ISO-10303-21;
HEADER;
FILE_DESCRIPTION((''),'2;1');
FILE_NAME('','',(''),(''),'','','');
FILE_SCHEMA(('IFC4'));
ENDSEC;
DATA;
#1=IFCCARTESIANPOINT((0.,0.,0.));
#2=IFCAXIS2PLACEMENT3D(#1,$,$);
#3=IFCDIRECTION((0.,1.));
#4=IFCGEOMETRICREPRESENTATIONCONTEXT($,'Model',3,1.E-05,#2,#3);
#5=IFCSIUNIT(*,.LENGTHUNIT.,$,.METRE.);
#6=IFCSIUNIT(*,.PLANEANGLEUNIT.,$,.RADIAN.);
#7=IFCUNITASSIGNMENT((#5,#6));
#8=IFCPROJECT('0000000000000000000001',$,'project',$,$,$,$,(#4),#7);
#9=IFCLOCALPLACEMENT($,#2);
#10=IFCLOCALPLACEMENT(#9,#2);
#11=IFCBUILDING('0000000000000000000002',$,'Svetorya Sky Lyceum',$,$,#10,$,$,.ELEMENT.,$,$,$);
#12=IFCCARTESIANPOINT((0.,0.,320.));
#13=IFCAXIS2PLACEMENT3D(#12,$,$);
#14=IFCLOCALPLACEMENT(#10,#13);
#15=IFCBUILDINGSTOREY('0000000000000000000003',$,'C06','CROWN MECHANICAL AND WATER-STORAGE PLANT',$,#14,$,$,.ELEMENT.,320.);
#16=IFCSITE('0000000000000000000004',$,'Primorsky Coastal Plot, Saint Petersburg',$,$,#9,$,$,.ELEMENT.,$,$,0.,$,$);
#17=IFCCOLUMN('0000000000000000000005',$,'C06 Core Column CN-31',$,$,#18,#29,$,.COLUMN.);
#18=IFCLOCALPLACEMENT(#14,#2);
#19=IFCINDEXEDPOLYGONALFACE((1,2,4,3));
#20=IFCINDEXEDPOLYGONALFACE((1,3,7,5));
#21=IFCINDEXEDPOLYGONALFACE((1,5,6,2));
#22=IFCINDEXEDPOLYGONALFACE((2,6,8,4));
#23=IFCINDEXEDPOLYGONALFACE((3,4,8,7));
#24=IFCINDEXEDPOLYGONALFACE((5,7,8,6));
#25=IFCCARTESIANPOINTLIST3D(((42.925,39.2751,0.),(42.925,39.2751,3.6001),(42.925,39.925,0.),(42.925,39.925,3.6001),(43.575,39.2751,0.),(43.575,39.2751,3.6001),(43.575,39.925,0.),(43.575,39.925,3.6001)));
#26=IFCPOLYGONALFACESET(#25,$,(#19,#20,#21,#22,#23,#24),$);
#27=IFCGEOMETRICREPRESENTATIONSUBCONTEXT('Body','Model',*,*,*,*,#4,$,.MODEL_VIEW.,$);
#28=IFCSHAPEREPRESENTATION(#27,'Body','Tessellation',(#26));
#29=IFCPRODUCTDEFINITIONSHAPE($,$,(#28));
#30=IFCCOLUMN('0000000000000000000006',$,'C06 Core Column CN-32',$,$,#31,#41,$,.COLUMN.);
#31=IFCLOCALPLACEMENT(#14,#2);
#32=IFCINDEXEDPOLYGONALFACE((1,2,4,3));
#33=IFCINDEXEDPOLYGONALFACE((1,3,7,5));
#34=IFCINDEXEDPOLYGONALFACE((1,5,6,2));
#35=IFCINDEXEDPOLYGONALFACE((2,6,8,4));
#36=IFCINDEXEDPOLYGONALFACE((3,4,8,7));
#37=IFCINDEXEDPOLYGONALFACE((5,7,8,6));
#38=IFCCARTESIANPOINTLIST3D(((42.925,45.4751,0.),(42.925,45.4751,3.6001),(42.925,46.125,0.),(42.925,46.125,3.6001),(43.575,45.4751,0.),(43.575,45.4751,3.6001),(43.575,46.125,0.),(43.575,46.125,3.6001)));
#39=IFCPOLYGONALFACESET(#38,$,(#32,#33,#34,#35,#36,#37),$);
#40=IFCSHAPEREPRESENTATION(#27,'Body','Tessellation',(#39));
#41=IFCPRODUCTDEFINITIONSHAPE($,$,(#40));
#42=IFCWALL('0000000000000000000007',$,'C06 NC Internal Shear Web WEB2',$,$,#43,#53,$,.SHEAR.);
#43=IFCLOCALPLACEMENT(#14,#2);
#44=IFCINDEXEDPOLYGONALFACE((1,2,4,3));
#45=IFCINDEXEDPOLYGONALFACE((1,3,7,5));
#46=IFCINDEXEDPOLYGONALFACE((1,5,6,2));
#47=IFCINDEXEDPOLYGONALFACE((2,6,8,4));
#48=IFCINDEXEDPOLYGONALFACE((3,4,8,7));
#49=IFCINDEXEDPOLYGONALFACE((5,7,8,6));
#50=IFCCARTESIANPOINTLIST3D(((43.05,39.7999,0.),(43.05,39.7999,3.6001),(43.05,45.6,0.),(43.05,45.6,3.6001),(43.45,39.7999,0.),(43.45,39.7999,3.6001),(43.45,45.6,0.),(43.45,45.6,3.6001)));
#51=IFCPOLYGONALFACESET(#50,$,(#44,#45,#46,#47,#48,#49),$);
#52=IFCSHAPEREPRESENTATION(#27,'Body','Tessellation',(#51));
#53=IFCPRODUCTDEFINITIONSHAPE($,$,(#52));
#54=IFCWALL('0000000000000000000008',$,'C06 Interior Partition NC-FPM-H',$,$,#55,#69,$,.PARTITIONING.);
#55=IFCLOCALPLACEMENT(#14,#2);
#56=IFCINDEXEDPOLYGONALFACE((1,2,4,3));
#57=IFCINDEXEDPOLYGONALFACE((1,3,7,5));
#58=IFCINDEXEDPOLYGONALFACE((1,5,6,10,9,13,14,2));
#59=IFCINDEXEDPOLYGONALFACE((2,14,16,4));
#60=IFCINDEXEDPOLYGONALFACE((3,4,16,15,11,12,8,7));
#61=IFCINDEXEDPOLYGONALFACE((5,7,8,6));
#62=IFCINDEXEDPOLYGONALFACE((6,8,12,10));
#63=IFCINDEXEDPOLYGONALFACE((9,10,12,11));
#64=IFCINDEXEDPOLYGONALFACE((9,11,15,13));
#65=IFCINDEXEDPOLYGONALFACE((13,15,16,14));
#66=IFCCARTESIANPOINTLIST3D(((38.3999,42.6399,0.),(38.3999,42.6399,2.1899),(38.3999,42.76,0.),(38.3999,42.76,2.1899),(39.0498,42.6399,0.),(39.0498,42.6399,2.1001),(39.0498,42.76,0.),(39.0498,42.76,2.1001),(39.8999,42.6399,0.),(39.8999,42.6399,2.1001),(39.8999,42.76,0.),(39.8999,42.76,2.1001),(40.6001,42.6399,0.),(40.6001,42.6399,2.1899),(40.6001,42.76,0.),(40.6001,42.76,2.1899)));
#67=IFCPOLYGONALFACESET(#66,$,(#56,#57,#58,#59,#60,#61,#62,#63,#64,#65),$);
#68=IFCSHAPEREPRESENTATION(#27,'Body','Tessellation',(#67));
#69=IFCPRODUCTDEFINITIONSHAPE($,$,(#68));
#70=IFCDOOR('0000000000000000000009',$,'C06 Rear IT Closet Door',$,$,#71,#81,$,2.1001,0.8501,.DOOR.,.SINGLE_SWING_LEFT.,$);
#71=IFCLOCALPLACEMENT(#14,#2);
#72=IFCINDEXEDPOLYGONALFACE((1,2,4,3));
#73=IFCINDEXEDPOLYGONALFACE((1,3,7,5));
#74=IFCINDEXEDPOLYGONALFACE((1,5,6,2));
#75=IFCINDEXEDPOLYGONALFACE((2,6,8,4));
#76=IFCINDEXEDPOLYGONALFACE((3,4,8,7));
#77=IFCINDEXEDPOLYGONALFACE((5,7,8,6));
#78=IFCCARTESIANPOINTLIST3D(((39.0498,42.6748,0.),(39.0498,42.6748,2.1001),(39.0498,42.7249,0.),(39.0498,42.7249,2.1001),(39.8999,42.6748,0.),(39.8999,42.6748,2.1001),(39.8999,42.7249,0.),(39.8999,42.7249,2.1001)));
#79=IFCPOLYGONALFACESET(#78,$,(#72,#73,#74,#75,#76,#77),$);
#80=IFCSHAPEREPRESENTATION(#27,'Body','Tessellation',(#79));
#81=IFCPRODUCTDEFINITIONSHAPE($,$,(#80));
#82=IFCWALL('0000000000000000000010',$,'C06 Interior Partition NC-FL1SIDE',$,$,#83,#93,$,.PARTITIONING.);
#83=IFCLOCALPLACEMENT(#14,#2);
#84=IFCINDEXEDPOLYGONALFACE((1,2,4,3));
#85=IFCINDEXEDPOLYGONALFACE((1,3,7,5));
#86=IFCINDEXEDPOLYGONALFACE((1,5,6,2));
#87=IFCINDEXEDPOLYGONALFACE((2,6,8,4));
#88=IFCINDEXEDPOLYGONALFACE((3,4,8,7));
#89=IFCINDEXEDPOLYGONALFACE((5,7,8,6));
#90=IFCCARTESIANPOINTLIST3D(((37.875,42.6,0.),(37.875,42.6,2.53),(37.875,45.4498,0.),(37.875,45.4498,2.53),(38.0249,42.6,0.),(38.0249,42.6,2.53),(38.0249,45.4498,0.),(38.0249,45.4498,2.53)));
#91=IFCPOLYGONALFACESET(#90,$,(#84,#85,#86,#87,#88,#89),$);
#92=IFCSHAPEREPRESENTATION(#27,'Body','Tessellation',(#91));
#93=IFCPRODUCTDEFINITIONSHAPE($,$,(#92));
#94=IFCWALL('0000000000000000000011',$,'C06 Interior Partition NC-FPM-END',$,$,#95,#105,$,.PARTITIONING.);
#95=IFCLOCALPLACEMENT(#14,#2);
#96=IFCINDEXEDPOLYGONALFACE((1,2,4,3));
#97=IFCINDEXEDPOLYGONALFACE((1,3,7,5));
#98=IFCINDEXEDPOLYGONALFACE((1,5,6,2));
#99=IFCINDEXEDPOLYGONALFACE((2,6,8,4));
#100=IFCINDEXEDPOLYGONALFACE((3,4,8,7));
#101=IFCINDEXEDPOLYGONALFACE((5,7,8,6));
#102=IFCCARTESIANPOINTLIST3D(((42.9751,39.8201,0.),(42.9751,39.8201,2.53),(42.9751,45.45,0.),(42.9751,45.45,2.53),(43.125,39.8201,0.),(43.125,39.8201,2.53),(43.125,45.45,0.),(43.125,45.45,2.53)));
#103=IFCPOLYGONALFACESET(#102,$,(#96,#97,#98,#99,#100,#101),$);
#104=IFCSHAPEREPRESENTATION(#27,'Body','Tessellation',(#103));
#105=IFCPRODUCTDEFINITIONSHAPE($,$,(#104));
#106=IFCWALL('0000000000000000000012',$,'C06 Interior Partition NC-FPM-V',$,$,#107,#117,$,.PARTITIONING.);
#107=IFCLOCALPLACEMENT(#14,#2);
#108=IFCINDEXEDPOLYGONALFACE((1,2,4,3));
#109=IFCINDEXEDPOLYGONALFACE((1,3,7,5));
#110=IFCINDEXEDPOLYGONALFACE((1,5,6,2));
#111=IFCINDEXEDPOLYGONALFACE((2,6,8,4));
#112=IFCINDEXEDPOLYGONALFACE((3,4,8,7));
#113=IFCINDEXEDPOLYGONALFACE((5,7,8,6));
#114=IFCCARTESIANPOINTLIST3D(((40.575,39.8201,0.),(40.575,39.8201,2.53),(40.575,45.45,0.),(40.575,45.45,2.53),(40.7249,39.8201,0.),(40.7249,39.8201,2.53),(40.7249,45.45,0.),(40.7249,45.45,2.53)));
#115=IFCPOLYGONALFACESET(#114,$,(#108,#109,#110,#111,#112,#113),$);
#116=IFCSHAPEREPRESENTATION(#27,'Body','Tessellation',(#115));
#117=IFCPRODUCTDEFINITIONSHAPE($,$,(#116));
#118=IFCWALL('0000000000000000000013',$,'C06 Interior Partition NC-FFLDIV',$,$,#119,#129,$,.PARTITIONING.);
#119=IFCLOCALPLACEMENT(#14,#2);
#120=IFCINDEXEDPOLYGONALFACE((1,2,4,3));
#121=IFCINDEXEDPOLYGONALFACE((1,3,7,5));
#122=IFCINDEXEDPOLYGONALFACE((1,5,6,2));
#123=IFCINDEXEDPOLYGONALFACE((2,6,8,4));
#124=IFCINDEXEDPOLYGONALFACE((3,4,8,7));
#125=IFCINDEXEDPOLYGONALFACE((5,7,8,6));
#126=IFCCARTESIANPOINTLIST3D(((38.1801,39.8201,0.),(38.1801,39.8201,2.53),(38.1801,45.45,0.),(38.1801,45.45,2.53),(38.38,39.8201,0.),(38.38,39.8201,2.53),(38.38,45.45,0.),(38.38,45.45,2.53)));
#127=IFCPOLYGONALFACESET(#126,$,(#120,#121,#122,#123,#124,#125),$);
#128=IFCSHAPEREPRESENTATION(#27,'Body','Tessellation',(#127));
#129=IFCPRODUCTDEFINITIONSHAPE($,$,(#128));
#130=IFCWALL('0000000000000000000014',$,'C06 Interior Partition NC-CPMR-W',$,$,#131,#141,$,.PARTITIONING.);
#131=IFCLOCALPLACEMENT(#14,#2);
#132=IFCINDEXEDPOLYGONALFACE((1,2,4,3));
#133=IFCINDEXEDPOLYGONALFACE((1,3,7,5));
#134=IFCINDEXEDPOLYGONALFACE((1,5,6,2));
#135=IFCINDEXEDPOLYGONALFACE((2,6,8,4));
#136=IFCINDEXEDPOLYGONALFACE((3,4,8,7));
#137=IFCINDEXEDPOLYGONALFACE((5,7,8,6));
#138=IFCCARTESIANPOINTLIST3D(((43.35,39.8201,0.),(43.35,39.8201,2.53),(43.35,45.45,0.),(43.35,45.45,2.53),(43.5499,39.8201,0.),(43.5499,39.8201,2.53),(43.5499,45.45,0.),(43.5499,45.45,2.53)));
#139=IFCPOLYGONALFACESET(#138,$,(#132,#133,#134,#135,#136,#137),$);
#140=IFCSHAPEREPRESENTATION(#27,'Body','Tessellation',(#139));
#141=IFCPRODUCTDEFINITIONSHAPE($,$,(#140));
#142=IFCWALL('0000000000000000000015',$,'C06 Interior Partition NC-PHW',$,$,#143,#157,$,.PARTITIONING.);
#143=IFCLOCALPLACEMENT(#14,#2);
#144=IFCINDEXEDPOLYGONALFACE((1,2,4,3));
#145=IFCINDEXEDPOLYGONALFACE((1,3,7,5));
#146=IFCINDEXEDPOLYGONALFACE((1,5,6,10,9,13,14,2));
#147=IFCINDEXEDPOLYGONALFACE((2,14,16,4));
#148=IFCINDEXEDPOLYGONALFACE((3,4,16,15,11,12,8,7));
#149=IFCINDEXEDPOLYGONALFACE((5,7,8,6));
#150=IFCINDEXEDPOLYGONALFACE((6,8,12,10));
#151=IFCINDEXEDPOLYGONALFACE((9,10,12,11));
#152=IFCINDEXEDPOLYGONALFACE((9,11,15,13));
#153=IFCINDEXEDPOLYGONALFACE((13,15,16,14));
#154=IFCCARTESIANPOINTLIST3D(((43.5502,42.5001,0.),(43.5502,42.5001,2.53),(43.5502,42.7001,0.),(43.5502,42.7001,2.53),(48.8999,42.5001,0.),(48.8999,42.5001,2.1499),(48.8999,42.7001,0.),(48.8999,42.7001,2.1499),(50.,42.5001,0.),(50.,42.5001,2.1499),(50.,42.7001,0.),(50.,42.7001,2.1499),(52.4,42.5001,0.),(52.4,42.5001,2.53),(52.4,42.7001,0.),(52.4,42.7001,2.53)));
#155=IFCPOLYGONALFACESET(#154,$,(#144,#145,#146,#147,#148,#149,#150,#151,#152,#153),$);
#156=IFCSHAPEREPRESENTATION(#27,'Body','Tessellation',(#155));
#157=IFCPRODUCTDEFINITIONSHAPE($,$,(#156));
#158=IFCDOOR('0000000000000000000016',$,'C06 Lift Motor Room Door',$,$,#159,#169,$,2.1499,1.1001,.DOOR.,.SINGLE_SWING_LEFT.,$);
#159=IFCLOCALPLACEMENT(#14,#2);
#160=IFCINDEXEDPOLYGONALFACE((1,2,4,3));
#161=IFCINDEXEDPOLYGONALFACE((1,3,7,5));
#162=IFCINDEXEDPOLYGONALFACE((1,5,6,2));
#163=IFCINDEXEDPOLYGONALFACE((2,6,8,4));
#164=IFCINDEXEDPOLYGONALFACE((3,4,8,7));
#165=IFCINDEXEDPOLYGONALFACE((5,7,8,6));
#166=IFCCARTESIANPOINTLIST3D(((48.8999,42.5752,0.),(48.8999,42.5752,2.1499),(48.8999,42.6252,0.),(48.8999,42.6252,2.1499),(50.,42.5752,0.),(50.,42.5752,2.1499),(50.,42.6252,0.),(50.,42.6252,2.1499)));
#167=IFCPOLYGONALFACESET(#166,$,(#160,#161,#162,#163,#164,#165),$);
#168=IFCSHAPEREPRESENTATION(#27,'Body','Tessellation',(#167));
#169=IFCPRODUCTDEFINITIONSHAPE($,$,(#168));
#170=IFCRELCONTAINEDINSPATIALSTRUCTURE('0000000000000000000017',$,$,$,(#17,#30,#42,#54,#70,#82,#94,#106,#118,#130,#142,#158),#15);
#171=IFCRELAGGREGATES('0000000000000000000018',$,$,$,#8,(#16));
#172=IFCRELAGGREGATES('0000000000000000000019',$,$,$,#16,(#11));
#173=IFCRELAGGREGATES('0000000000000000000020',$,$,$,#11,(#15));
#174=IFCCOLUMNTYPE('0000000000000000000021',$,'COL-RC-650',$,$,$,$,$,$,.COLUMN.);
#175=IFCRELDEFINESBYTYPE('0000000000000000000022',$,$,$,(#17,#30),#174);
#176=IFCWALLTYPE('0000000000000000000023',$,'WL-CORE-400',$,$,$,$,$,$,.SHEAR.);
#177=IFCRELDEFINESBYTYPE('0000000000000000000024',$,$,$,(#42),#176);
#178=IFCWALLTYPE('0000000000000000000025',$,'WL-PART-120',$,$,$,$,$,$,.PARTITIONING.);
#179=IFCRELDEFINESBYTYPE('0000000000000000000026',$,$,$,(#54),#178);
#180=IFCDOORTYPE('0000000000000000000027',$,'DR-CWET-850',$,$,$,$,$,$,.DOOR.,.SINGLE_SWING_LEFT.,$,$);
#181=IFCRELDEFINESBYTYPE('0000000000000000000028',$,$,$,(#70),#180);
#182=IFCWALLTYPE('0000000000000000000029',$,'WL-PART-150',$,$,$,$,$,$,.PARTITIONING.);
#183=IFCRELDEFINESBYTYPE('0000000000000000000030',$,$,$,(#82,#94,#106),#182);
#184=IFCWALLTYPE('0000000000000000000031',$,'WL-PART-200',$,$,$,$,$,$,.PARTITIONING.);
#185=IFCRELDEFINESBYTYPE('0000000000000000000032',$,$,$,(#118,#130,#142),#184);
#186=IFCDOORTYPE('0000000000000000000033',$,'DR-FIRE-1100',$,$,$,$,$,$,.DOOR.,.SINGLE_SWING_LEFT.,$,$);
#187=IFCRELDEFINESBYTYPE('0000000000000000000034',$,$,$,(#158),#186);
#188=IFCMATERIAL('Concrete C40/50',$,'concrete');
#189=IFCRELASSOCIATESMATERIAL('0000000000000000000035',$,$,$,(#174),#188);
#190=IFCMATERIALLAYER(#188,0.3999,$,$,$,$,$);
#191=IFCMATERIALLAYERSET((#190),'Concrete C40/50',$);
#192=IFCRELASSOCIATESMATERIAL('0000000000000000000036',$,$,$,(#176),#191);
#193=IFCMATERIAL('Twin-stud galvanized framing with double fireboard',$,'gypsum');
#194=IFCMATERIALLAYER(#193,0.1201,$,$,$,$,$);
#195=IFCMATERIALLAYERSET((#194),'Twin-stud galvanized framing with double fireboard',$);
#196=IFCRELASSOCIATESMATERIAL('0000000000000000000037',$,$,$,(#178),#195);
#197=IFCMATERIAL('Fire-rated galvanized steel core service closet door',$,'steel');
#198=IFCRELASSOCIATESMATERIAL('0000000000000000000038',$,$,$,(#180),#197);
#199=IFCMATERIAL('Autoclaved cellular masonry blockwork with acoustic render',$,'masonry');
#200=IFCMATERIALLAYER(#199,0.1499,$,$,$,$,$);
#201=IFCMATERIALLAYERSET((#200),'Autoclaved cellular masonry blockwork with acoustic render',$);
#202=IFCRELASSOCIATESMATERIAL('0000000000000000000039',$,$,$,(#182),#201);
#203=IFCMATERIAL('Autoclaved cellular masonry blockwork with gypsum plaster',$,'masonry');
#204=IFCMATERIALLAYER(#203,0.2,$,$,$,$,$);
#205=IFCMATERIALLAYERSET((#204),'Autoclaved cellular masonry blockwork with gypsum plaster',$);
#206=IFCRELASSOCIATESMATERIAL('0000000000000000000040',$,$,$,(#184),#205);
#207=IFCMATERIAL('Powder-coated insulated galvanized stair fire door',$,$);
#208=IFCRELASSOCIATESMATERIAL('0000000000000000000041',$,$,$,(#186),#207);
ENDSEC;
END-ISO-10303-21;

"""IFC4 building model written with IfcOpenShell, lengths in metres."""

from ifc_helpers import new_model, si_unit, direction, frame, frame_2d, origin, origin_2d, place, context, subcontext, project, spatial, rectangle, extrude, material, layer, layer_set, material_profile, profile_set, type_object, element, fill, save


model = new_model("IFC4")

# Units and contexts
model_context = context("Model", 3, precision=1e-05, world=origin(), true_north=direction((0.0, 1.0)))
body_context = subcontext(model_context, "Body", "Model", "MODEL_VIEW")
ifc_project = project(units=[si_unit("LENGTHUNIT", "METRE"), si_unit("PLANEANGLEUNIT", "RADIAN")], contexts=[model_context])

# Site, building, storey
site_placement = place(None, origin())
site = spatial("IfcSite", under=ifc_project, at=site_placement, Name="Primorsky Coastal Plot, Saint Petersburg", CompositionType="ELEMENT", RefElevation=0.0)
building_placement = place(site_placement, origin())
building = spatial("IfcBuilding", under=site, at=building_placement, Name="Svetorya Sky Lyceum", CompositionType="ELEMENT")
storey_placement = place(building_placement, frame((0.0, 0.0, 320.0)))
storey = spatial("IfcBuildingStorey", under=building, at=storey_placement, Name="C06", Description="CROWN MECHANICAL AND WATER-STORAGE PLANT", CompositionType="ELEMENT", Elevation=320.0)

# Columns
ifc_material_1 = material(Name="Concrete C40/50", Category="concrete")
ifc_material_profile = material_profile(ifc_material_1, rectangle(XDim=0.6499, YDim=0.6499, at=origin_2d()), Name="RC COL 650x650")
ifc_profile_set = profile_set([ifc_material_profile], Name="Concrete C40/50")
column_type = type_object("IfcColumnType", Name="COL-RC-650", PredefinedType="COLUMN", material=ifc_profile_set)
for number, where, z_axis, x_axis, name in (
    (1, (43.25, 39.6001, 0.0), (0.0, 0.0, 1.0), (1.0, 0.0, 0.0), "C06 Core Column CN-31"),
    (2, (43.25, 45.8, 0.0), (0.0, 0.0, 1.0), (1.0, 0.0, 0.0), "C06 Core Column CN-32"),
):
    element("IfcColumn", number, at=place(storey_placement, frame(where, z_axis=z_axis, x_axis=x_axis)), inside=storey, type_object=column_type, Name=name, PredefinedType="COLUMN", context=body_context, shape_type="SweptSolid", body=[
        extrude(rectangle(XDim=0.6499, YDim=0.6499, at=origin_2d()), origin(), (0.0, 0.0, 1.0), 3.6001),
    ])

# Wall
ifc_layer_1 = layer(ifc_material_1, 0.3999)
ifc_layer_set_1 = layer_set([ifc_layer_1], Name="Concrete C40/50")
wall_type_1 = type_object("IfcWallType", Name="WL-CORE-400", PredefinedType="SHEAR", material=ifc_layer_set_1)
wall_1_placement = place(storey_placement, frame((43.25, 39.8, 0.0), z_axis=(0.0, 0.0, 1.0), x_axis=(0.0, 1.0, 0.0)))
element("IfcWall", 3, at=wall_1_placement, inside=storey, type_object=wall_type_1, Name="C06 NC Internal Shear Web WEB2", PredefinedType="SHEAR", context=body_context, shape_type="SweptSolid", body=[
    extrude(rectangle(XDim=5.8, YDim=0.3999, at=frame_2d((2.8999, 0.0))), origin(), (0.0, 0.0, 1.0), 3.6001),
])

# Wall, opening, door
ifc_material_2 = material(Name="Twin-stud galvanized framing with double fireboard", Category="gypsum")
ifc_layer_2 = layer(ifc_material_2, 0.1201)
ifc_layer_set_2 = layer_set([ifc_layer_2], Name="Twin-stud galvanized framing with double fireboard")
wall_type_2 = type_object("IfcWallType", Name="WL-PART-120", PredefinedType="PARTITIONING", material=ifc_layer_set_2)
wall_2_placement = place(storey_placement, frame((38.3999, 42.7, 0.0), z_axis=(0.0, 0.0, 1.0), x_axis=(1.0, 0.0, 0.0)))
wall_2 = element("IfcWall", 4, at=wall_2_placement, inside=storey, type_object=wall_type_2, Name="C06 Interior Partition NC-FPM-H", PredefinedType="PARTITIONING", context=body_context, shape_type="SweptSolid", body=[
    extrude(rectangle(XDim=2.2002, YDim=0.1201, at=frame_2d((1.1001, 0.0))), origin(), (0.0, 0.0, 1.0), 2.1899),
])
opening_1_placement = place(wall_2_placement, frame((0.6499, 0.0, 0.0)))
opening_1 = element("IfcOpeningElement", 5, at=opening_1_placement, cuts=wall_2, PredefinedType="OPENING", context=body_context, shape_type="SweptSolid", body=[
    extrude(rectangle(XDim=0.8501, YDim=2.1001, at=frame_2d((0.425, 1.05))), frame((0.0, 0.0701, 0.0), z_axis=(0.0, -1.0, 0.0), x_axis=(1.0, 0.0, 0.0)), (0.0, 0.0, 1.0), 0.1401),
])
ifc_material_3 = material(Name="Fire-rated galvanized steel core service closet door", Category="steel")
door_type_1 = type_object("IfcDoorType", Name="DR-CWET-850", OperationType="SINGLE_SWING_LEFT", PredefinedType="DOOR", material=ifc_material_3)
door_1_placement = place(opening_1_placement, origin())
door_1 = element("IfcDoor", 6, at=door_1_placement, inside=storey, type_object=door_type_1, Name="C06 Rear IT Closet Door", OperationType="SINGLE_SWING_LEFT", OverallHeight=2.1001, OverallWidth=0.8501, PredefinedType="DOOR", context=body_context, shape_type="SweptSolid", body=[
    extrude(rectangle(XDim=0.8501, YDim=2.1001, at=frame_2d((0.425, 1.05))), frame((0.0, 0.0249, 0.0), z_axis=(0.0, -1.0, 0.0), x_axis=(1.0, 0.0, 0.0)), (0.0, 0.0, 1.0), 0.05),
])
fill(opening_1, door_1)

# Walls
ifc_material_4 = material(Name="Autoclaved cellular masonry blockwork with acoustic render", Category="masonry")
ifc_layer_3 = layer(ifc_material_4, 0.1499)
ifc_layer_set_3 = layer_set([ifc_layer_3], Name="Autoclaved cellular masonry blockwork with acoustic render")
wall_type_3 = type_object("IfcWallType", Name="WL-PART-150", PredefinedType="PARTITIONING", material=ifc_layer_set_3)
wall_3_placement = place(storey_placement, frame((37.95, 42.6001, 0.0), z_axis=(0.0, 0.0, 1.0), x_axis=(0.0, 1.0, 0.0)))
element("IfcWall", 7, at=wall_3_placement, inside=storey, type_object=wall_type_3, Name="C06 Interior Partition NC-FL1SIDE", PredefinedType="PARTITIONING", context=body_context, shape_type="SweptSolid", body=[
    extrude(rectangle(XDim=2.8499, YDim=0.1499, at=frame_2d((1.4248, 0.0))), origin(), (0.0, 0.0, 1.0), 2.53),
])
for number, where, z_axis, x_axis, name in (
    (8, (43.05, 39.8201, 0.0), (0.0, 0.0, 1.0), (0.0, 1.0, 0.0), "C06 Interior Partition NC-FPM-END"),
    (9, (40.6499, 39.8201, 0.0), (0.0, 0.0, 1.0), (0.0, 1.0, 0.0), "C06 Interior Partition NC-FPM-V"),
):
    element("IfcWall", number, at=place(storey_placement, frame(where, z_axis=z_axis, x_axis=x_axis)), inside=storey, type_object=wall_type_3, Name=name, PredefinedType="PARTITIONING", context=body_context, shape_type="SweptSolid", body=[
        extrude(rectangle(XDim=5.6299, YDim=0.1499, at=frame_2d((2.8149, 0.0))), origin(), (0.0, 0.0, 1.0), 2.53),
    ])

# Shared definitions
ifc_material_5 = material(Name="Autoclaved cellular masonry blockwork with gypsum plaster", Category="masonry")
ifc_layer_4 = layer(ifc_material_5, 0.2)
ifc_layer_set_4 = layer_set([ifc_layer_4], Name="Autoclaved cellular masonry blockwork with gypsum plaster")
wall_type_4 = type_object("IfcWallType", Name="WL-PART-200", PredefinedType="PARTITIONING", material=ifc_layer_set_4)

# Walls
for number, where, z_axis, x_axis, name in (
    (10, (38.28, 39.8201, 0.0), (0.0, 0.0, 1.0), (0.0, 1.0, 0.0), "C06 Interior Partition NC-FFLDIV"),
    (11, (43.45, 39.8201, 0.0), (0.0, 0.0, 1.0), (0.0, 1.0, 0.0), "C06 Interior Partition NC-CPMR-W"),
):
    element("IfcWall", number, at=place(storey_placement, frame(where, z_axis=z_axis, x_axis=x_axis)), inside=storey, type_object=wall_type_4, Name=name, PredefinedType="PARTITIONING", context=body_context, shape_type="SweptSolid", body=[
        extrude(rectangle(XDim=5.6299, YDim=0.2, at=frame_2d((2.8149, 0.0))), origin(), (0.0, 0.0, 1.0), 2.53),
    ])

# Wall, opening, door
wall_4_placement = place(storey_placement, frame((52.3999, 42.6001, 0.0), z_axis=(0.0, 0.0, 1.0), x_axis=(-1.0, 0.0, 0.0)))
wall_4 = element("IfcWall", 12, at=wall_4_placement, inside=storey, type_object=wall_type_4, Name="C06 Interior Partition NC-PHW", PredefinedType="PARTITIONING", context=body_context, shape_type="SweptSolid", body=[
    extrude(rectangle(XDim=8.8499, YDim=0.2, at=frame_2d((4.4248, 0.0))), origin(), (0.0, 0.0, 1.0), 2.53),
])
opening_2_placement = place(wall_4_placement, frame((2.3999, 0.0, 0.0)))
opening_2 = element("IfcOpeningElement", 13, at=opening_2_placement, cuts=wall_4, PredefinedType="OPENING", context=body_context, shape_type="SweptSolid", body=[
    extrude(rectangle(XDim=1.1001, YDim=2.1499, at=frame_2d((0.55, 1.075))), frame((0.0, 0.1099, 0.0), z_axis=(0.0, -1.0, 0.0), x_axis=(1.0, 0.0, 0.0)), (0.0, 0.0, 1.0), 0.22),
])
ifc_material_6 = material(Name="Powder-coated insulated galvanized stair fire door")
door_type_2 = type_object("IfcDoorType", Name="DR-FIRE-1100", OperationType="SINGLE_SWING_LEFT", PredefinedType="DOOR", material=ifc_material_6)
door_2_placement = place(opening_2_placement, origin())
door_2 = element("IfcDoor", 14, at=door_2_placement, inside=storey, type_object=door_type_2, Name="C06 Lift Motor Room Door", OperationType="SINGLE_SWING_LEFT", OverallHeight=2.1499, OverallWidth=1.1001, PredefinedType="DOOR", context=body_context, shape_type="SweptSolid", body=[
    extrude(rectangle(XDim=1.1001, YDim=2.1499, at=frame_2d((0.55, 1.075))), frame((0.0, 0.0249, 0.0), z_axis=(0.0, -1.0, 0.0), x_axis=(1.0, 0.0, 0.0)), (0.0, 0.0, 1.0), 0.05),
])
fill(opening_2, door_2)

save(model, "model.ifc")
